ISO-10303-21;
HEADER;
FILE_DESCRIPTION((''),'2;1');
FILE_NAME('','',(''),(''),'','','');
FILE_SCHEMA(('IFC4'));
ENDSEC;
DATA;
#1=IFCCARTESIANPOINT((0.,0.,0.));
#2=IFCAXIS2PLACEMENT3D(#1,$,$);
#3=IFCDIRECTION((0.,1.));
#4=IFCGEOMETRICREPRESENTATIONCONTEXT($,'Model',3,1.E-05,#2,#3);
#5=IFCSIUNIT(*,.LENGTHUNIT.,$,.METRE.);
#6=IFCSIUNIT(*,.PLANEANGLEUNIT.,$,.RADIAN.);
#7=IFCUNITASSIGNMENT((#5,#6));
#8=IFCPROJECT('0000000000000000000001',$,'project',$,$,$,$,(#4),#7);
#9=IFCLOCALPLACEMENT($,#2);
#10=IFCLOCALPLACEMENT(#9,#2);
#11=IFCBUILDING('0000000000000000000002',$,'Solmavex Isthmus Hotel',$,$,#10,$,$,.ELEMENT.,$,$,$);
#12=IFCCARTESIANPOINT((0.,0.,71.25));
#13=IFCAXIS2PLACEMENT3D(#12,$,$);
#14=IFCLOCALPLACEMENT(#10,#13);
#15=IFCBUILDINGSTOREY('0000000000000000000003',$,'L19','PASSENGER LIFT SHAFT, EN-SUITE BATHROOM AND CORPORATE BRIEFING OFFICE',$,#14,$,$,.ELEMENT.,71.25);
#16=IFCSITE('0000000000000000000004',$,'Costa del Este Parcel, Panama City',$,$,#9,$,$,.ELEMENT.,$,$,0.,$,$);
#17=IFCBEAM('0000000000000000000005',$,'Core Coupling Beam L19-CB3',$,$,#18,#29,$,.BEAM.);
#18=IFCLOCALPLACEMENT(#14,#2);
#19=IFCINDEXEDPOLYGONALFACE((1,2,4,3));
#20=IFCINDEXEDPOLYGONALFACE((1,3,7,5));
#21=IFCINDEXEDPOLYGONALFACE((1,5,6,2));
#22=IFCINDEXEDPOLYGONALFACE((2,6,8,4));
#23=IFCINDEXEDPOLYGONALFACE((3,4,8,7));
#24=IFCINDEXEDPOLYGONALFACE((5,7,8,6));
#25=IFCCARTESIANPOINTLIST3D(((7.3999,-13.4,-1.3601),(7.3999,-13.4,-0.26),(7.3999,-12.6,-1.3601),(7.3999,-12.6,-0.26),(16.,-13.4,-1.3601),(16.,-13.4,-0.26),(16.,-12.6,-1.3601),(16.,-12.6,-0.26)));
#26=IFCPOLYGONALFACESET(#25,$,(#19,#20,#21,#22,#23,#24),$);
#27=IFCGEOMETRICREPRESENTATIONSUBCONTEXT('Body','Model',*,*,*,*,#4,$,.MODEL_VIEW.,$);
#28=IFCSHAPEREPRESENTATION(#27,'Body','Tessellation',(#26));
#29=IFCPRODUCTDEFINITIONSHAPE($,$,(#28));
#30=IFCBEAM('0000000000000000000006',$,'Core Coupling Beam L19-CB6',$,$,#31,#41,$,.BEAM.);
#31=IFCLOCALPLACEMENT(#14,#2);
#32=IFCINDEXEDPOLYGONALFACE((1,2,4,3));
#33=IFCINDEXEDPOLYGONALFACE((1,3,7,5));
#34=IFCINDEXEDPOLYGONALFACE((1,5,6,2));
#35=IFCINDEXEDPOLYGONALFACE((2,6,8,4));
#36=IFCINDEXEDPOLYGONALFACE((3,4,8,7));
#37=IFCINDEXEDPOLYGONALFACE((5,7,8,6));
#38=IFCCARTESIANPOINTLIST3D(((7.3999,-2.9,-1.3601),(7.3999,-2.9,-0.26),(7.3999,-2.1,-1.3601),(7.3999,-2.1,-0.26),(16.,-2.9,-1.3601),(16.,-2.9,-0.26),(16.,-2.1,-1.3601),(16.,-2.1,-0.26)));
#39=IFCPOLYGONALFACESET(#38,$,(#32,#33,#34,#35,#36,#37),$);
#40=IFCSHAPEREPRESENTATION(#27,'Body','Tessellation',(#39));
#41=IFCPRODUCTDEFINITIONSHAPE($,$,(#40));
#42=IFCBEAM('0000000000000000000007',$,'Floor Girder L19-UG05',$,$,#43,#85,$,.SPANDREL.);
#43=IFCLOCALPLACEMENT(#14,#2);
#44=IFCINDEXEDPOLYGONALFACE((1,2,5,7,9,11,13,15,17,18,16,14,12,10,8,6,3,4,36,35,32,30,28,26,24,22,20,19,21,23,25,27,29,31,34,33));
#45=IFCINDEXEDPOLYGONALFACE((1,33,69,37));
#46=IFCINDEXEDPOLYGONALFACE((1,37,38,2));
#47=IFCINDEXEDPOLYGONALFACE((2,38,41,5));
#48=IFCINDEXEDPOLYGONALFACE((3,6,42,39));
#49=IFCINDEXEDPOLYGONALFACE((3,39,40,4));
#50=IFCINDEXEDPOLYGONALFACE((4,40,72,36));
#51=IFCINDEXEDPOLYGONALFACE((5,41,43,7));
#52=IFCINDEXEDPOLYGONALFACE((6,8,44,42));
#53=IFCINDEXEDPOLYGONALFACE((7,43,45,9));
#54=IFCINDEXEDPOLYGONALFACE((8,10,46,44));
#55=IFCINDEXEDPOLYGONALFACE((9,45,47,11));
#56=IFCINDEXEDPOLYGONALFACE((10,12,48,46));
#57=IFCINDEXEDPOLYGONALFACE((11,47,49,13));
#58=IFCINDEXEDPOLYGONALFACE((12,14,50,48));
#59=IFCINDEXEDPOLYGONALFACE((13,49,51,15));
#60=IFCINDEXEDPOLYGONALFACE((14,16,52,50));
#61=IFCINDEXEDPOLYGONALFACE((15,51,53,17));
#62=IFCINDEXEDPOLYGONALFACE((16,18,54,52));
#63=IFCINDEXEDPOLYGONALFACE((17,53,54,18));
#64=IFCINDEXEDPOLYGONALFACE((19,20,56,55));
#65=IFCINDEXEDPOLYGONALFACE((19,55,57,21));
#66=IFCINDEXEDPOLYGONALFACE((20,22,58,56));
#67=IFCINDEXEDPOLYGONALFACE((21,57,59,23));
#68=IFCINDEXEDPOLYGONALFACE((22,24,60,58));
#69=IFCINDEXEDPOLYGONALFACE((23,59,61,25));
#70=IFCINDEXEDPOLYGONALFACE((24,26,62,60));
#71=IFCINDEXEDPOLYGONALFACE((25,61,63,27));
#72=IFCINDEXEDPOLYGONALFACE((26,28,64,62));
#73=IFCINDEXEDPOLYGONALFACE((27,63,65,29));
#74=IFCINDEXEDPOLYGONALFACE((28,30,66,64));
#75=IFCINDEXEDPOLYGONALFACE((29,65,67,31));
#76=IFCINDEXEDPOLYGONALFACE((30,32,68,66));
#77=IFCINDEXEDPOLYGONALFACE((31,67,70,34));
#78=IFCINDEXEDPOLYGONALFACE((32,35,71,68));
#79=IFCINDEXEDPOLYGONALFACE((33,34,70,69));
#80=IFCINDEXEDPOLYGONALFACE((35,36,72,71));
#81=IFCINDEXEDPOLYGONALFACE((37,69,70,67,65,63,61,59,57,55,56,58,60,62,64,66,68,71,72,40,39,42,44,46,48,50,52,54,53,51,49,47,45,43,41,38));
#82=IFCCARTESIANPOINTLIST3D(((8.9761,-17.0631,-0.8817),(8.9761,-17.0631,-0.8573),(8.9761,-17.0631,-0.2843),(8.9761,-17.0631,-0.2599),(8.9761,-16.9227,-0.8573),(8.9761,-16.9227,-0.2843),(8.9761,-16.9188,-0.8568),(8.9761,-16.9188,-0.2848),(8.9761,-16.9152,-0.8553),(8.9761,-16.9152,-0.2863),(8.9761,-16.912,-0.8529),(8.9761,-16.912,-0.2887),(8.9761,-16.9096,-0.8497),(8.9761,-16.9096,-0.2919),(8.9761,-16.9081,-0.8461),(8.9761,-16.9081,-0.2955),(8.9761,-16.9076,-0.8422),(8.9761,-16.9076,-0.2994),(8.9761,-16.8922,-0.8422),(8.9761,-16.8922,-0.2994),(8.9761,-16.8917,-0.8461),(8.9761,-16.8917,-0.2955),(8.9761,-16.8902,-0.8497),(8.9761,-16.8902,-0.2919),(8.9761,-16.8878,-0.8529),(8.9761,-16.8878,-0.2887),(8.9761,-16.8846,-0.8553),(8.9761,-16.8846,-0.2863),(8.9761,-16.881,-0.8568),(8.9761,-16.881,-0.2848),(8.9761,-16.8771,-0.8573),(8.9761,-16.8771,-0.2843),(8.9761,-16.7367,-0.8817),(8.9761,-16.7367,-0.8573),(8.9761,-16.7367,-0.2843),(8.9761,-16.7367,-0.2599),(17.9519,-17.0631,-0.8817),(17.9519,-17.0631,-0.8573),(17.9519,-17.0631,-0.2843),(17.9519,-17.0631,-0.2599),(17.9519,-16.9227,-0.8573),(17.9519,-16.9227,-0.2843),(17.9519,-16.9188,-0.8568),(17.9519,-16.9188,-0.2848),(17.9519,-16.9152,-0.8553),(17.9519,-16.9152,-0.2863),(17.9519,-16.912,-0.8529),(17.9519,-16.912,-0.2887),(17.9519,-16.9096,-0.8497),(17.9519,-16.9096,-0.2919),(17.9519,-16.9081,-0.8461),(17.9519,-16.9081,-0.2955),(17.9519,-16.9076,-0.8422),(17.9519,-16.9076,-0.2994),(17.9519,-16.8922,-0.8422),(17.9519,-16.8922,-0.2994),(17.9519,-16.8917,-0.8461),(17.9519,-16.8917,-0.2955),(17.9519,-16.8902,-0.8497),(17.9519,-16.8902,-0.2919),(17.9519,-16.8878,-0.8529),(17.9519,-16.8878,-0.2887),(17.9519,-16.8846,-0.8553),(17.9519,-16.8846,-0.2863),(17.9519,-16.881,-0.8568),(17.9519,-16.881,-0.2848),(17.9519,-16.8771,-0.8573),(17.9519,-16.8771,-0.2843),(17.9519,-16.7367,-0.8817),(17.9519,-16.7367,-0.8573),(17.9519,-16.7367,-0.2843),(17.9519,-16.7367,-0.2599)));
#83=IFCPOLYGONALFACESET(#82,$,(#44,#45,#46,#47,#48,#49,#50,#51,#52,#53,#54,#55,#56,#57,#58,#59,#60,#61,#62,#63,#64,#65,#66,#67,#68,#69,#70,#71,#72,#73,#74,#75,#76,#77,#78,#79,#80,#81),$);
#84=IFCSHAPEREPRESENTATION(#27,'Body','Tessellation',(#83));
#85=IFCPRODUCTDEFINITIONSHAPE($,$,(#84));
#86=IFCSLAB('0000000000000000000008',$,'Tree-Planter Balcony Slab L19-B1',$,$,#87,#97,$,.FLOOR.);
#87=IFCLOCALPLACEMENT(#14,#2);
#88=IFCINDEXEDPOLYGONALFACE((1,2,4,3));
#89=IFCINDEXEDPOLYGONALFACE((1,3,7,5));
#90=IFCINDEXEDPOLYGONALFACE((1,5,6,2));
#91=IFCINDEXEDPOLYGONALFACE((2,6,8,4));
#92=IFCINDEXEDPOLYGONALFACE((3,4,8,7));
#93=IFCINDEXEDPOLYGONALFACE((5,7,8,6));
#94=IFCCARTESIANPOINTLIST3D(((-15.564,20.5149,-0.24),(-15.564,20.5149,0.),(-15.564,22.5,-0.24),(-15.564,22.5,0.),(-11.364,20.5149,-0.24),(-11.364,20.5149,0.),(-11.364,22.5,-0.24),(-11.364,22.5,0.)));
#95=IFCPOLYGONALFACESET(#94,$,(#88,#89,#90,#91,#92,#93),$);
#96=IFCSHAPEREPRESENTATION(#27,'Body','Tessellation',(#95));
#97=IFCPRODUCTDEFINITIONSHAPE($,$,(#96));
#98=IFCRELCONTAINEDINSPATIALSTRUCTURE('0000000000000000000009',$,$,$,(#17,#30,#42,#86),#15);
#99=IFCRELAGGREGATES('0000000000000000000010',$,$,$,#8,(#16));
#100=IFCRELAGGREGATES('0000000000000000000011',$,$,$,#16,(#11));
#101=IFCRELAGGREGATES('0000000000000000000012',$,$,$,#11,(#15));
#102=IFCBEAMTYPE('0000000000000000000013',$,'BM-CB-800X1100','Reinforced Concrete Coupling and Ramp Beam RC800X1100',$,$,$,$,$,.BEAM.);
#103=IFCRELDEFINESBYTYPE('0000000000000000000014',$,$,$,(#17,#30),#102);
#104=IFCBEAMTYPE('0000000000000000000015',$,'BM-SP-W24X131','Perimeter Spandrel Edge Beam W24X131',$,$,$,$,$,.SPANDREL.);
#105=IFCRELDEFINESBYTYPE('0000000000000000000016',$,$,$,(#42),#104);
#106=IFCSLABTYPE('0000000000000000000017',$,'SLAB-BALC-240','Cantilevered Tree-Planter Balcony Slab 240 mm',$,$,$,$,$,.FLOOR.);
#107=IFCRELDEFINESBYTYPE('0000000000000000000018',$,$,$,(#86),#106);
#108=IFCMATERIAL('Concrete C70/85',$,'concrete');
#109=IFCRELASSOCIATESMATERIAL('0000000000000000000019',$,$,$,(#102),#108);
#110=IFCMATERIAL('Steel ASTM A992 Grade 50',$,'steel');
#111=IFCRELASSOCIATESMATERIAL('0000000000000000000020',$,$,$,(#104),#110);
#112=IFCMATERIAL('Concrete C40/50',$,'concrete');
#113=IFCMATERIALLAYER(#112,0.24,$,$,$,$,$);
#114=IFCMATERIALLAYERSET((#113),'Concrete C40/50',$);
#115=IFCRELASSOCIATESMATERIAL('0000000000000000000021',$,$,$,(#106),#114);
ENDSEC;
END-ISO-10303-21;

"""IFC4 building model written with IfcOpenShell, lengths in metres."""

from ifc_helpers import new_model, si_unit, direction, frame, origin, origin_2d, place, context, subcontext, project, spatial, polyline, rectangle, i_section, outline, extrude, material, layer, layer_set, material_profile, profile_set, type_object, element, save


model = new_model("IFC4")

# Units and contexts
model_context = context("Model", 3, precision=1e-05, world=origin(), true_north=direction((0.0, 1.0)))
body_context = subcontext(model_context, "Body", "Model", "MODEL_VIEW")
ifc_project = project(units=[si_unit("LENGTHUNIT", "METRE"), si_unit("PLANEANGLEUNIT", "RADIAN")], contexts=[model_context])

# Site, building, storey
site_placement = place(None, origin())
site = spatial("IfcSite", under=ifc_project, at=site_placement, Name="Costa del Este Parcel, Panama City", CompositionType="ELEMENT", RefElevation=0.0)
building_placement = place(site_placement, origin())
building = spatial("IfcBuilding", under=site, at=building_placement, Name="Solmavex Isthmus Hotel", CompositionType="ELEMENT")
storey_placement = place(building_placement, frame((0.0, 0.0, 71.25)))
storey = spatial("IfcBuildingStorey", under=building, at=storey_placement, Name="L19", Description="PASSENGER LIFT SHAFT, EN-SUITE BATHROOM AND CORPORATE BRIEFING OFFICE", CompositionType="ELEMENT", Elevation=71.25)

# Shared definitions
ifc_material_1 = material(Name="Concrete C70/85", Category="concrete")

# Beams
ifc_material_2 = material(Name="Steel ASTM A992 Grade 50", Category="steel")
ifc_material_profile_1 = material_profile(ifc_material_1, rectangle(XDim=0.8, YDim=1.1001, at=origin_2d()), Name="RC800X1100")
ifc_profile_set_1 = profile_set([ifc_material_profile_1], Name="Concrete C70/85")
beam_type_1 = type_object("IfcBeamType", Name="BM-CB-800X1100", Description="Reinforced Concrete Coupling and Ramp Beam RC800X1100", PredefinedType="BEAM", material=ifc_profile_set_1)
for number, where, z_axis, x_axis, name in (
    (1, (7.3999, -13.0, -0.8101), (1.0, 0.0, 0.0), (0.0, 1.0, 0.0), "Core Coupling Beam L19-CB3"),
    (2, (7.3999, -2.5, -0.8101), (1.0, 0.0, 0.0), (0.0, 1.0, 0.0), "Core Coupling Beam L19-CB6"),
):
    element("IfcBeam", number, at=place(storey_placement, frame(where, z_axis=z_axis, x_axis=x_axis)), inside=storey, type_object=beam_type_1, Name=name, PredefinedType="BEAM", context=body_context, shape_type="SweptSolid", body=[
        extrude(rectangle(XDim=0.8, YDim=1.1001, at=origin_2d()), origin(), (0.0, 0.0, 1.0), 8.6001),
    ])
ifc_material_profile_2 = material_profile(ifc_material_2, i_section(OverallWidth=0.3264, OverallDepth=0.6218, WebThickness=0.0154, FlangeThickness=0.0244, FilletRadius=0.0151, at=origin_2d()), Name="W24X131")
ifc_profile_set_2 = profile_set([ifc_material_profile_2], Name="Steel ASTM A992 Grade 50")
beam_type_2 = type_object("IfcBeamType", Name="BM-SP-W24X131", Description="Perimeter Spandrel Edge Beam W24X131", PredefinedType="SPANDREL", material=ifc_profile_set_2)
beam_1_placement = place(storey_placement, frame((8.9761, -16.8999, -0.5708), z_axis=(1.0, 0.0, 0.0), x_axis=(0.0, 1.0, 0.0)))
element("IfcBeam", 3, at=beam_1_placement, inside=storey, type_object=beam_type_2, Name="Floor Girder L19-UG05", PredefinedType="SPANDREL", context=body_context, shape_type="SweptSolid", body=[
    extrude(i_section(OverallWidth=0.3264, OverallDepth=0.6218, WebThickness=0.0154, FlangeThickness=0.0244, FilletRadius=0.0151, at=origin_2d()), origin(), (0.0, 0.0, 1.0), 8.9758),
])

# Slab
ifc_material_3 = material(Name="Concrete C40/50", Category="concrete")
ifc_layer_1 = layer(ifc_material_3, 0.24)
ifc_layer_set_1 = layer_set([ifc_layer_1], Name="Concrete C40/50")
slab_type_1 = type_object("IfcSlabType", Name="SLAB-BALC-240", Description="Cantilevered Tree-Planter Balcony Slab 240 mm", PredefinedType="FLOOR", material=ifc_layer_set_1)
slab_1_placement = place(storey_placement, frame((0.0, 0.0, -0.24)))
element("IfcSlab", 4, at=slab_1_placement, inside=storey, type_object=slab_type_1, Name="Tree-Planter Balcony Slab L19-B1", PredefinedType="FLOOR", context=body_context, shape_type="SweptSolid", body=[
    extrude(outline(polyline([(-15.564, 20.5149), (-11.364, 20.5149), (-11.364, 22.5), (-15.564, 22.5), (-15.564, 20.5149)])), origin(), (0.0, 0.0, 1.0), 0.24),
])

save(model, "model.ifc")
